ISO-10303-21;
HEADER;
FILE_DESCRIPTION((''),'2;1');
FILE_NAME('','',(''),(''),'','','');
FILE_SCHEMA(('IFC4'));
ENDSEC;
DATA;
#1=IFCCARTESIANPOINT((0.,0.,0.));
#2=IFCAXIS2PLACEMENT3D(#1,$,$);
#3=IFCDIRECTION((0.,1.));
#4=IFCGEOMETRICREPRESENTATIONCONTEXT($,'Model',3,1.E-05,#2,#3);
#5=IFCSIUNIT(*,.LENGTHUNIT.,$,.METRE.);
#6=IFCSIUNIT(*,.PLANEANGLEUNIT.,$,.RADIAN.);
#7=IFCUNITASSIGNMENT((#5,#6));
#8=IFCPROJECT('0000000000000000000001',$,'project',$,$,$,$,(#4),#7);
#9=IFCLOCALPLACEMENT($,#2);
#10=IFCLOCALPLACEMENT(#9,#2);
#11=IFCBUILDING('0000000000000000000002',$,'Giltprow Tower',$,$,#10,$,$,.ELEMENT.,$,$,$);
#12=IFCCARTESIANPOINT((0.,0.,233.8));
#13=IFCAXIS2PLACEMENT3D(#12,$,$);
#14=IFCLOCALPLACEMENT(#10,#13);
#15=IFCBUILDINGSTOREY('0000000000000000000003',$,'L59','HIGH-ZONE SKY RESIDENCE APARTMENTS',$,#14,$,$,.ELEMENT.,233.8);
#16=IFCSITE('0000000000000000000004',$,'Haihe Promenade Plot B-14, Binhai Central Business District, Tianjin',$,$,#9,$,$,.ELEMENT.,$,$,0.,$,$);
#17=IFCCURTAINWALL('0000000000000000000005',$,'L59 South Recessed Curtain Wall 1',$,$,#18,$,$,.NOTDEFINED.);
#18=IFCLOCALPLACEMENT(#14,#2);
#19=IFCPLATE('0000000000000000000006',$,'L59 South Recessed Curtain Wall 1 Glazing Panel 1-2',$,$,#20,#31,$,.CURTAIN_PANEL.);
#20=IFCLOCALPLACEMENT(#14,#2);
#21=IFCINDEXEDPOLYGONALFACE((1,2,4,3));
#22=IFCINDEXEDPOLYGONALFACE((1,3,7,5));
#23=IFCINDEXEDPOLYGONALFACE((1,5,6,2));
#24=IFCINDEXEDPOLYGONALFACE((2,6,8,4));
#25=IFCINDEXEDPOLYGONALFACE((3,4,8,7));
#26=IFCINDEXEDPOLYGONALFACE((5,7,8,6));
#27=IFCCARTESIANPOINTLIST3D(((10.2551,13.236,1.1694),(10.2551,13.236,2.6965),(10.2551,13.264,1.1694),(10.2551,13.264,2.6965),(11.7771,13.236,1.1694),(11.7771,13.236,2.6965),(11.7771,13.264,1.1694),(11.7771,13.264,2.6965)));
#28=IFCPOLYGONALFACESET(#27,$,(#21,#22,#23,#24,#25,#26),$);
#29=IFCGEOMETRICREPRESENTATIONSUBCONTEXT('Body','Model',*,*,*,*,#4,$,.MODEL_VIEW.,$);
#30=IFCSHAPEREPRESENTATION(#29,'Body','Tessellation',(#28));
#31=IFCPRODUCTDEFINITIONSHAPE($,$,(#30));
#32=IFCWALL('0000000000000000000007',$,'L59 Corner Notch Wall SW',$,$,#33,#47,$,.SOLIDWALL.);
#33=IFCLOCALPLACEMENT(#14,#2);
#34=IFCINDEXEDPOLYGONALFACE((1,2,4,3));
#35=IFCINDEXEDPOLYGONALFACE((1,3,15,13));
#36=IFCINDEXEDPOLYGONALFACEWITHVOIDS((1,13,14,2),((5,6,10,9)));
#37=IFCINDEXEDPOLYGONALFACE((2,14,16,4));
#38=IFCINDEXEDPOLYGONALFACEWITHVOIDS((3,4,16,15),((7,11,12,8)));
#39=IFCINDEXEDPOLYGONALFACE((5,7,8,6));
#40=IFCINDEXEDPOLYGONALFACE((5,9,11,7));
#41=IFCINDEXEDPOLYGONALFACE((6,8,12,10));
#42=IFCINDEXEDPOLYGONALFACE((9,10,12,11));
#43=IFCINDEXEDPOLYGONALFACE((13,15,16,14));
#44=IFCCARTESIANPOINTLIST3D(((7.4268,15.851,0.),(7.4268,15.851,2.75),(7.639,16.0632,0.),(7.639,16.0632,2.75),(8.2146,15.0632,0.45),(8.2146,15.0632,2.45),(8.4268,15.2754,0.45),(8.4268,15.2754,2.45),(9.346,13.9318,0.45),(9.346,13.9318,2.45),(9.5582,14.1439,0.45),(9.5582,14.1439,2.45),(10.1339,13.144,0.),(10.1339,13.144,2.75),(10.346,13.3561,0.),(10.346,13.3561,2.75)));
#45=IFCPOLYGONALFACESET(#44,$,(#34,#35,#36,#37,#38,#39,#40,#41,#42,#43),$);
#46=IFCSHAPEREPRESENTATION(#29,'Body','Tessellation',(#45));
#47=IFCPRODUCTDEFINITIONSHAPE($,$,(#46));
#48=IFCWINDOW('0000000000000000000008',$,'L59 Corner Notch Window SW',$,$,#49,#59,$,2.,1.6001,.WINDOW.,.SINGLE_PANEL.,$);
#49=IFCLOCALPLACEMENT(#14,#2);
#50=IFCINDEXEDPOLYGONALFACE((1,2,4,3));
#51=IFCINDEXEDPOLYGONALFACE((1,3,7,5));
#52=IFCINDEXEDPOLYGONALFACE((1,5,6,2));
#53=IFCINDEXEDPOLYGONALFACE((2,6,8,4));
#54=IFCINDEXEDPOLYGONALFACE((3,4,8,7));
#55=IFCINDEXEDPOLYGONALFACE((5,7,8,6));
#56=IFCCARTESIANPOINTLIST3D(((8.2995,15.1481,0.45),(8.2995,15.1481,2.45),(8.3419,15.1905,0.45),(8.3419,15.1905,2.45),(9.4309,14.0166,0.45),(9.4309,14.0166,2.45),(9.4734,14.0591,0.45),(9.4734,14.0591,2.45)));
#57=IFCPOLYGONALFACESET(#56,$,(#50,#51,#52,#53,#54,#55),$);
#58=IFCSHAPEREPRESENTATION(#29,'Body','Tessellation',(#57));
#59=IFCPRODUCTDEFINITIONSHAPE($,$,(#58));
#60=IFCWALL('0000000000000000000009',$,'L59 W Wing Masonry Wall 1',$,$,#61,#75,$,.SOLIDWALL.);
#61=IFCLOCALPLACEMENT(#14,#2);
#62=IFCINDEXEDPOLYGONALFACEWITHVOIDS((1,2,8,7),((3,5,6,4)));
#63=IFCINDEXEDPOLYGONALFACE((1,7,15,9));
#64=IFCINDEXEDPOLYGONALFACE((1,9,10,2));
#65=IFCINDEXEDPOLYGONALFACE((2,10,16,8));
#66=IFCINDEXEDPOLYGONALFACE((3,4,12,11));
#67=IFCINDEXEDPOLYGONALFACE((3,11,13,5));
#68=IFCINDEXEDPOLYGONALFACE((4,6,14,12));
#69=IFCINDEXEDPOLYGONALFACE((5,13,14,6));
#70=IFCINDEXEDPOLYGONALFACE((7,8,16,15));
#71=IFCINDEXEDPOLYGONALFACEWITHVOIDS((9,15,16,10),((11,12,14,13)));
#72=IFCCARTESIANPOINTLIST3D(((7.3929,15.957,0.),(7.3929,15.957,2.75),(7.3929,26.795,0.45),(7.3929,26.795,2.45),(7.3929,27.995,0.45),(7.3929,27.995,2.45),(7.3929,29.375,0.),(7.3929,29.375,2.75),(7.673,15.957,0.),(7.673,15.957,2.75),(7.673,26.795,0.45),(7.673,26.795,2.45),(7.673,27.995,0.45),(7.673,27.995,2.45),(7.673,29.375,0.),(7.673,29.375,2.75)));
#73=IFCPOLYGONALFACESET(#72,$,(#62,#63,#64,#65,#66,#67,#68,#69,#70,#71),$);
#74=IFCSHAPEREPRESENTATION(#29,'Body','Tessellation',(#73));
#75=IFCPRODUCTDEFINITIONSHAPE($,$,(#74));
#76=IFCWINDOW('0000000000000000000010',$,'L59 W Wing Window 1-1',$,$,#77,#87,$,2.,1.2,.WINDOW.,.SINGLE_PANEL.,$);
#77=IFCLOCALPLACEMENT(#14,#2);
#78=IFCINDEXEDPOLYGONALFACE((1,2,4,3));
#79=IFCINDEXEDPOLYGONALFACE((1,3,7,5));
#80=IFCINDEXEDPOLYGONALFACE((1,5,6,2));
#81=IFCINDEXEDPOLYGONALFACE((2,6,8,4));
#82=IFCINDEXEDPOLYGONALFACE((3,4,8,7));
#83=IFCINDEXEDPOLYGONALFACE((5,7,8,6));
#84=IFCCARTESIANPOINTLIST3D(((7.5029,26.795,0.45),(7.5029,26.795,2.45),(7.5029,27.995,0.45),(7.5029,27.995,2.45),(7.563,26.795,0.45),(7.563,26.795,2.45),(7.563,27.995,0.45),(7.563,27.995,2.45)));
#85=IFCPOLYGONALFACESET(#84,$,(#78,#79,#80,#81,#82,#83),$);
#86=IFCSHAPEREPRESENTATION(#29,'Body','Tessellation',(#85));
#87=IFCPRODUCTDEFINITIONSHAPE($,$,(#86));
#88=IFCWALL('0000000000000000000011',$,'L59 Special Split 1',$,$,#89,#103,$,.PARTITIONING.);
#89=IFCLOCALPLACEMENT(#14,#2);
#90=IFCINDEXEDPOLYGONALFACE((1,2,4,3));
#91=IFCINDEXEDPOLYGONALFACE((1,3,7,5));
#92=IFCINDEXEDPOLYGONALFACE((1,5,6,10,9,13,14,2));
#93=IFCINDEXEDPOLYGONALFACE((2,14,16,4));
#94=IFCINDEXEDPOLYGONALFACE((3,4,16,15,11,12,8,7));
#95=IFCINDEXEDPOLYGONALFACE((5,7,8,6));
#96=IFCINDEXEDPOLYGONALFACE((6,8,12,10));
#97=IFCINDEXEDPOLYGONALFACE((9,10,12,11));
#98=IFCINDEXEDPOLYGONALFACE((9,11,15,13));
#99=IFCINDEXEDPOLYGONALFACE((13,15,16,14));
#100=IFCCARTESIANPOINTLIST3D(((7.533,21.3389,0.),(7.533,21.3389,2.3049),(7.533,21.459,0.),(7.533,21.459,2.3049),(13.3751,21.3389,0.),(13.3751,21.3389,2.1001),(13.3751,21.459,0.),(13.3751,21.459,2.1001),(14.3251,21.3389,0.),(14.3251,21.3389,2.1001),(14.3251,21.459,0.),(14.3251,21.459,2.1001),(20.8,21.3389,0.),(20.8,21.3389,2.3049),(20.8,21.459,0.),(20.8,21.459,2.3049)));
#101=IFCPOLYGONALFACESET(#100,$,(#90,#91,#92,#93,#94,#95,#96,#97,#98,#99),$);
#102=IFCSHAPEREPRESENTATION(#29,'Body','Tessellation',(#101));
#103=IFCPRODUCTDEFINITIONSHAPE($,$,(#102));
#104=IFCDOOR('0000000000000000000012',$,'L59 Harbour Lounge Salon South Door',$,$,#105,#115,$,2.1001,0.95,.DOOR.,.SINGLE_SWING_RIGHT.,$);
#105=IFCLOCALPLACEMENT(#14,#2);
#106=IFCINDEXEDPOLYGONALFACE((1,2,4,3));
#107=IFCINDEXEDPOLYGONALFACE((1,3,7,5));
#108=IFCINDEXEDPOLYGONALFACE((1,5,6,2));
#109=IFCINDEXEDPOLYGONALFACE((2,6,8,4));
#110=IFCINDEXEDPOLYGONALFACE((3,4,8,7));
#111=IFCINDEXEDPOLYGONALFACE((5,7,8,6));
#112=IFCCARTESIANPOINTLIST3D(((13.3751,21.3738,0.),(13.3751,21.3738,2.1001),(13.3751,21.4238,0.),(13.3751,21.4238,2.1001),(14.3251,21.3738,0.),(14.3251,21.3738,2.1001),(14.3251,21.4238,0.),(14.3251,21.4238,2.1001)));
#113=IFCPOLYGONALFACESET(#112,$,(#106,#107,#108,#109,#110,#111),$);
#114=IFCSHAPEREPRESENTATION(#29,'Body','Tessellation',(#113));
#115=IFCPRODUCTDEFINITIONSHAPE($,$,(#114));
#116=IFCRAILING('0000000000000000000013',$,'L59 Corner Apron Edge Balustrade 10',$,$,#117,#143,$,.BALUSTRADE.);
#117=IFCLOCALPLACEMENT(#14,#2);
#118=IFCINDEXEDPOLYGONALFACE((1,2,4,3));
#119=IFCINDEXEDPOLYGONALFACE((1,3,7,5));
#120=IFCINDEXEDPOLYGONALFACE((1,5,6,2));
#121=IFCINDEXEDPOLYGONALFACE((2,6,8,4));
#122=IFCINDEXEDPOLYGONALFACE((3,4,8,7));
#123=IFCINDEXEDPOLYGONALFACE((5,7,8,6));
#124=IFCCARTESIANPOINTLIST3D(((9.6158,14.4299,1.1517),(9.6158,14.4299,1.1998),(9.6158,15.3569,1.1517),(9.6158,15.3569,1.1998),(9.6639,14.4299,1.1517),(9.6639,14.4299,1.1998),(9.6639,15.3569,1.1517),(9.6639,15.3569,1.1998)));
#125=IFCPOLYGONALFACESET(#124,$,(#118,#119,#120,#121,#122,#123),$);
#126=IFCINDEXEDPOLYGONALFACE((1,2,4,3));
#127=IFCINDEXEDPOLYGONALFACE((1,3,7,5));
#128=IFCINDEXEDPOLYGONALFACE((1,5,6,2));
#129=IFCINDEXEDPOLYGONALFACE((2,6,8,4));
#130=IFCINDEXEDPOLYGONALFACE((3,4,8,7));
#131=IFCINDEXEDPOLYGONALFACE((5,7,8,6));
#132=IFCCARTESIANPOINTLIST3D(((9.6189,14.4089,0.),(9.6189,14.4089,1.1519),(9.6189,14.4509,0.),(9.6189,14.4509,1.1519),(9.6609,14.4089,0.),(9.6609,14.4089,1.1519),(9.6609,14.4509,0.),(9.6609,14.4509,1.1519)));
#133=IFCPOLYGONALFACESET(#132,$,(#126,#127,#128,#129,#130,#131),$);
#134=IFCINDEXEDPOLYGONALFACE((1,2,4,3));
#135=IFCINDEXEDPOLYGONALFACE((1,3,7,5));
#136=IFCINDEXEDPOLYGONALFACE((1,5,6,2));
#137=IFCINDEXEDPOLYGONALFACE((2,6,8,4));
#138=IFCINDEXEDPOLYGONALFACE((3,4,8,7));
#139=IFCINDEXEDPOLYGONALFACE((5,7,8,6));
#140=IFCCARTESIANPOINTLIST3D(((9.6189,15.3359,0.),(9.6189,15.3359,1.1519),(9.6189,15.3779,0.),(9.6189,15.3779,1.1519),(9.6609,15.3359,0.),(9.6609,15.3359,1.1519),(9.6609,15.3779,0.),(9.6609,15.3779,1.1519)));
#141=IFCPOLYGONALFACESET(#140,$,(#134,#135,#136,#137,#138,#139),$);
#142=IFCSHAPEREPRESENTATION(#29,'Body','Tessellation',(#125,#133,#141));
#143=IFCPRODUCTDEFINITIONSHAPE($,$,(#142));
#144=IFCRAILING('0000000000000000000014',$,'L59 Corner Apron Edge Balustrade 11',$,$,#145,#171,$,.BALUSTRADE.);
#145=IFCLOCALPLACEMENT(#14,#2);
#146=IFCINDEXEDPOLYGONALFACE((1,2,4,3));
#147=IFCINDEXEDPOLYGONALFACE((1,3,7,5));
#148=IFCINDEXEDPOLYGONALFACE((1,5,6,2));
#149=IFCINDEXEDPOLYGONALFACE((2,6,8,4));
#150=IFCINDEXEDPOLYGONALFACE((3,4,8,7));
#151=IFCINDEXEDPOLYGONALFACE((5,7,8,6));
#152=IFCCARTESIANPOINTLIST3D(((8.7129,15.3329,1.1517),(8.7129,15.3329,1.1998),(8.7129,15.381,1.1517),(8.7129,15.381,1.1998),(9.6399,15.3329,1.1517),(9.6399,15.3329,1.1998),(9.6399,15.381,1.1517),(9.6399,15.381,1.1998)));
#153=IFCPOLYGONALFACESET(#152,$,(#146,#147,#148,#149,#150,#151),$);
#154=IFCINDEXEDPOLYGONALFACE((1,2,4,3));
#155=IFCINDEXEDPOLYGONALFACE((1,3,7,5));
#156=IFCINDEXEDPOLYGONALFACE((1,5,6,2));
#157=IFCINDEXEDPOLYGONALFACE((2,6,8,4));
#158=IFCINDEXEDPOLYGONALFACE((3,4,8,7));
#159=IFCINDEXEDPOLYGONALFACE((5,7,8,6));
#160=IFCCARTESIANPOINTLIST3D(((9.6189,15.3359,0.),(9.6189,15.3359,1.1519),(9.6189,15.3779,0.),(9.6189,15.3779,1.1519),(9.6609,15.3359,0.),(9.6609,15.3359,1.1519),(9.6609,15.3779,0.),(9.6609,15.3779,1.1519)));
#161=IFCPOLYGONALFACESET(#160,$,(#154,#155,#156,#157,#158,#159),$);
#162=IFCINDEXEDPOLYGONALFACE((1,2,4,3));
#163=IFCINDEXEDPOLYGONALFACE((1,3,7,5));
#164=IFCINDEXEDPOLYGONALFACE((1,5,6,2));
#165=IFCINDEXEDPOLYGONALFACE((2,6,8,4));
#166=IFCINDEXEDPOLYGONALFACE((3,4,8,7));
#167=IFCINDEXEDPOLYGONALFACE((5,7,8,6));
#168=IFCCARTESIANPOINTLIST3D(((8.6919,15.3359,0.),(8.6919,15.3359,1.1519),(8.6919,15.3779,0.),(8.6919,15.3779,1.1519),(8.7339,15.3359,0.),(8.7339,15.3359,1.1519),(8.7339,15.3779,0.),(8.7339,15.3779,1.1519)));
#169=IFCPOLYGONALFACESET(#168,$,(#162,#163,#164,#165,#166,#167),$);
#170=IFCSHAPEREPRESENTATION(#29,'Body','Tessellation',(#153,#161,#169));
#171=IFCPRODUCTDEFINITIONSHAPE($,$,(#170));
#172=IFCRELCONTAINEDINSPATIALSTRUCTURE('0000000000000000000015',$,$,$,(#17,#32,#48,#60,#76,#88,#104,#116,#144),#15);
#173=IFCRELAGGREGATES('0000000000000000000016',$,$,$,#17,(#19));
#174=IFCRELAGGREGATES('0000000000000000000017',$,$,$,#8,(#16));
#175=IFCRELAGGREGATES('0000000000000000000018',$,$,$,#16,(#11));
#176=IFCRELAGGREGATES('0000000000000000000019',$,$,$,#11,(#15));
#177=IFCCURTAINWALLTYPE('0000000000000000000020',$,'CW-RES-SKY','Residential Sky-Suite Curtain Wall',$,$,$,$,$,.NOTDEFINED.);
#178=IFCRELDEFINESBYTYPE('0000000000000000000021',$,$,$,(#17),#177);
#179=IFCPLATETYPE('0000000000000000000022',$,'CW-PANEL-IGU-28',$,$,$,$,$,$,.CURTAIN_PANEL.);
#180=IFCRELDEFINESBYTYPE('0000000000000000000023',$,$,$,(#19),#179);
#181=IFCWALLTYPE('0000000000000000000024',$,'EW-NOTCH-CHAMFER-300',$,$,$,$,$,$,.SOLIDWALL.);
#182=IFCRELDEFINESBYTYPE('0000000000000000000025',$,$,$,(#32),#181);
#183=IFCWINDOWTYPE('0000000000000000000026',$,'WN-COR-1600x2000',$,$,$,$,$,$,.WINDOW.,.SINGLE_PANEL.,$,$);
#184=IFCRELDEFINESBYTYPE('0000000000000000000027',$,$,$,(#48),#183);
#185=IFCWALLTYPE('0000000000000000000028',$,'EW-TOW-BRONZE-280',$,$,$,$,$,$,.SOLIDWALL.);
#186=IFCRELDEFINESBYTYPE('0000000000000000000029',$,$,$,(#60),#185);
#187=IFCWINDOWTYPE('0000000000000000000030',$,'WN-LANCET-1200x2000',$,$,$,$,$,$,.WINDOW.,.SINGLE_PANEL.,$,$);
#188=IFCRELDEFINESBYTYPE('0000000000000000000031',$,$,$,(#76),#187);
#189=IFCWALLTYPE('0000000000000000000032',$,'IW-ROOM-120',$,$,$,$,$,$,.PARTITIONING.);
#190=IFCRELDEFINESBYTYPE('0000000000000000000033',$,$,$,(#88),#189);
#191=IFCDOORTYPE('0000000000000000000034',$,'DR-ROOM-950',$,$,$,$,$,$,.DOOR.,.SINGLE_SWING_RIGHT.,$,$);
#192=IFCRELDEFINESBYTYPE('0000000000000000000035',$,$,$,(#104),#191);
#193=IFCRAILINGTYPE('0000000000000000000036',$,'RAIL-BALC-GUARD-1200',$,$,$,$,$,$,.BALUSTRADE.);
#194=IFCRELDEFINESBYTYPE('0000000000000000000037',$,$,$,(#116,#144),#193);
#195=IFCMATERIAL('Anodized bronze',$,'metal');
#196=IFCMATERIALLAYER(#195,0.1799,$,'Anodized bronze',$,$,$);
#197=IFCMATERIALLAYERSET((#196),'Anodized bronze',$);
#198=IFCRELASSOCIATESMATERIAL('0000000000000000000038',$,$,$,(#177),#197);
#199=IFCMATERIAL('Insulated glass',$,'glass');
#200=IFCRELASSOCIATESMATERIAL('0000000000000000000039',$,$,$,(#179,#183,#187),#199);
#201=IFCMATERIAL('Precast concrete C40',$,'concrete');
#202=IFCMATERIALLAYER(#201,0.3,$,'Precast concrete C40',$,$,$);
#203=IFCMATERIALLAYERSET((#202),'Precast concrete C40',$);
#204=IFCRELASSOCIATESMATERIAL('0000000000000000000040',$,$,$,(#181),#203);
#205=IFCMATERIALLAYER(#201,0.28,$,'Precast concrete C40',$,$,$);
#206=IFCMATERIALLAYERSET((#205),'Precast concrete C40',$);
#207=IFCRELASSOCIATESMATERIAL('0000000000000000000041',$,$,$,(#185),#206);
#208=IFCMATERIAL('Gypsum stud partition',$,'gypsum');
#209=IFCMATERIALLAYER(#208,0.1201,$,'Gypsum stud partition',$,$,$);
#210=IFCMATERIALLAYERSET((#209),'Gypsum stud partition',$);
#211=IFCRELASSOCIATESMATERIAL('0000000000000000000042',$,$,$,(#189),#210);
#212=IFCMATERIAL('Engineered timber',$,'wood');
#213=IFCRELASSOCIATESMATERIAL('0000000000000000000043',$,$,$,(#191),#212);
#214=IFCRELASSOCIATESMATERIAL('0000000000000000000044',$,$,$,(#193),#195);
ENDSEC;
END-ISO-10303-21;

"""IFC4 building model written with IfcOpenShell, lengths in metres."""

from ifc_helpers import new_model, si_unit, direction, frame, frame_2d, origin, origin_2d, place, context, subcontext, project, spatial, rectangle, extrude, source, transform, mapped, material, layer, layer_set, type_object, element, fill, aggregate, save


model = new_model("IFC4")

# Units and contexts
model_context = context("Model", 3, precision=1e-05, world=origin(), true_north=direction((0.0, 1.0)))
body_context = subcontext(model_context, "Body", "Model", "MODEL_VIEW")
ifc_project = project(units=[si_unit("LENGTHUNIT", "METRE"), si_unit("PLANEANGLEUNIT", "RADIAN")], contexts=[model_context])

# Site, building, storey
site_placement = place(None, origin())
site = spatial("IfcSite", under=ifc_project, at=site_placement, Name="Haihe Promenade Plot B-14, Binhai Central Business District, Tianjin", CompositionType="ELEMENT", RefElevation=0.0)
building_placement = place(site_placement, origin())
building = spatial("IfcBuilding", under=site, at=building_placement, Name="Giltprow Tower", CompositionType="ELEMENT")
storey_placement = place(building_placement, frame((0.0, 0.0, 233.8)))
storey = spatial("IfcBuildingStorey", under=building, at=storey_placement, Name="L59", Description="HIGH-ZONE SKY RESIDENCE APARTMENTS", CompositionType="ELEMENT", Elevation=233.8)

# Curtain wall
ifc_material_1 = material(Name="Anodized bronze", Category="metal")
ifc_layer_1 = layer(ifc_material_1, 0.1799, Name="Anodized bronze")
ifc_layer_set_1 = layer_set([ifc_layer_1], Name="Anodized bronze")
curtain_wall_type = type_object("IfcCurtainWallType", Name="CW-RES-SKY", Description="Residential Sky-Suite Curtain Wall", PredefinedType="NOTDEFINED", material=ifc_layer_set_1)
curtain_wall_placement = place(storey_placement, origin())
curtain_wall = element("IfcCurtainWall", 1, at=curtain_wall_placement, inside=storey, type_object=curtain_wall_type, Name="L59 South Recessed Curtain Wall 1", PredefinedType="NOTDEFINED")

# Plate
ifc_material_2 = material(Name="Insulated glass", Category="glass")
plate_type_1 = type_object("IfcPlateType", Name="CW-PANEL-IGU-28", PredefinedType="CURTAIN_PANEL", material=ifc_material_2)
shared_shape_1 = source(origin(), body_context, "Body", "SweptSolid", [
    extrude(rectangle(XDim=1.522, YDim=0.0281, at=origin_2d()), origin(), (0.0, 0.0, 1.0), 1.5271),
])
plate_1_placement = place(storey_placement, frame((11.0161, 13.25, 1.1694), z_axis=(0.0, 0.0, 1.0), x_axis=(1.0, 0.0, 0.0)))
plate_1 = element("IfcPlate", 2, at=plate_1_placement, type_object=plate_type_1, Name="L59 South Recessed Curtain Wall 1 Glazing Panel 1-2", PredefinedType="CURTAIN_PANEL", context=body_context, shape_type="MappedRepresentation", body=[
    mapped(shared_shape_1, transform((0.0, 0.0, 0.0), x_axis=(1.0, 0.0, 0.0), y_axis=(0.0, 1.0, 0.0), z_axis=(0.0, 0.0, 1.0), scale=1.0)),
])
aggregate(curtain_wall, [plate_1])

# Walls, openings, windows
ifc_material_3 = material(Name="Precast concrete C40", Category="concrete")
ifc_layer_2 = layer(ifc_material_3, 0.3, Name="Precast concrete C40")
ifc_layer_set_2 = layer_set([ifc_layer_2], Name="Precast concrete C40")
wall_type_1 = type_object("IfcWallType", Name="EW-NOTCH-CHAMFER-300", PredefinedType="SOLIDWALL", material=ifc_layer_set_2)
wall_1_placement = place(storey_placement, frame((7.533, 15.957, 0.0), z_axis=(0.0, 0.0, 1.0), x_axis=(0.707107, -0.707107, 0.0)))
wall_1 = element("IfcWall", 3, at=wall_1_placement, inside=storey, type_object=wall_type_1, Name="L59 Corner Notch Wall SW", PredefinedType="SOLIDWALL", context=body_context, shape_type="SweptSolid", body=[
    extrude(rectangle(XDim=3.8284, YDim=0.3, at=frame_2d((1.9141, 0.0))), origin(), (0.0, 0.0, 1.0), 2.75),
])
opening_1_placement = place(wall_1_placement, frame((1.114, 0.0, 0.45)))
opening_1 = element("IfcOpeningElement", 4, at=opening_1_placement, cuts=wall_1, PredefinedType="OPENING", context=body_context, shape_type="SweptSolid", body=[
    extrude(rectangle(XDim=1.6001, YDim=2.0, at=frame_2d((0.8, 1.0))), frame((0.0, 0.1599, 0.0), z_axis=(0.0, -1.0, 0.0), x_axis=(1.0, 0.0, 0.0)), (0.0, 0.0, 1.0), 0.3201),
])
window_type_1 = type_object("IfcWindowType", Name="WN-COR-1600x2000", PartitioningType="SINGLE_PANEL", PredefinedType="WINDOW", material=ifc_material_2)
shared_shape_2 = source(origin(), body_context, "Body", "SweptSolid", [
    extrude(rectangle(XDim=1.6001, YDim=2.0, at=frame_2d((0.8, 1.0))), frame((0.0, 0.03, 0.0), z_axis=(0.0, -1.0, 0.0), x_axis=(1.0, 0.0, 0.0)), (0.0, 0.0, 1.0), 0.0601),
])
window_1_placement = place(opening_1_placement, origin())
window_1 = element("IfcWindow", 5, at=window_1_placement, inside=storey, type_object=window_type_1, Name="L59 Corner Notch Window SW", OverallHeight=2.0, OverallWidth=1.6001, PartitioningType="SINGLE_PANEL", PredefinedType="WINDOW", context=body_context, shape_type="MappedRepresentation", body=[
    mapped(shared_shape_2, transform((0.0, 0.0, 0.0), x_axis=(1.0, 0.0, 0.0), y_axis=(0.0, 1.0, 0.0), z_axis=(0.0, 0.0, 1.0), scale=1.0)),
])
fill(opening_1, window_1)
ifc_layer_3 = layer(ifc_material_3, 0.28, Name="Precast concrete C40")
ifc_layer_set_3 = layer_set([ifc_layer_3], Name="Precast concrete C40")
wall_type_2 = type_object("IfcWallType", Name="EW-TOW-BRONZE-280", PredefinedType="SOLIDWALL", material=ifc_layer_set_3)
wall_2_placement = place(storey_placement, frame((7.533, 15.957, 0.0), z_axis=(0.0, 0.0, 1.0), x_axis=(0.0, 1.0, 0.0)))
wall_2 = element("IfcWall", 6, at=wall_2_placement, inside=storey, type_object=wall_type_2, Name="L59 W Wing Masonry Wall 1", PredefinedType="SOLIDWALL", context=body_context, shape_type="SweptSolid", body=[
    extrude(rectangle(XDim=13.418, YDim=0.28, at=frame_2d((6.709, 0.0))), origin(), (0.0, 0.0, 1.0), 2.75),
])
opening_2_placement = place(wall_2_placement, frame((10.8379, 0.0, 0.45)))
opening_2 = element("IfcOpeningElement", 7, at=opening_2_placement, cuts=wall_2, PredefinedType="OPENING", context=body_context, shape_type="SweptSolid", body=[
    extrude(rectangle(XDim=1.2, YDim=2.0, at=frame_2d((0.6001, 1.0))), frame((0.0, 0.1499, 0.0), z_axis=(0.0, -1.0, 0.0), x_axis=(1.0, 0.0, 0.0)), (0.0, 0.0, 1.0), 0.3),
])
window_type_2 = type_object("IfcWindowType", Name="WN-LANCET-1200x2000", PartitioningType="SINGLE_PANEL", PredefinedType="WINDOW", material=ifc_material_2)
shared_shape_3 = source(origin(), body_context, "Body", "SweptSolid", [
    extrude(rectangle(XDim=1.2, YDim=2.0, at=frame_2d((0.6001, 1.0))), frame((0.0, 0.03, 0.0), z_axis=(0.0, -1.0, 0.0), x_axis=(1.0, 0.0, 0.0)), (0.0, 0.0, 1.0), 0.0601),
])
window_2_placement = place(opening_2_placement, origin())
window_2 = element("IfcWindow", 8, at=window_2_placement, inside=storey, type_object=window_type_2, Name="L59 W Wing Window 1-1", OverallHeight=2.0, OverallWidth=1.2, PartitioningType="SINGLE_PANEL", PredefinedType="WINDOW", context=body_context, shape_type="MappedRepresentation", body=[
    mapped(shared_shape_3, transform((0.0, 0.0, 0.0), x_axis=(1.0, 0.0, 0.0), y_axis=(0.0, 1.0, 0.0), z_axis=(0.0, 0.0, 1.0), scale=1.0)),
])
fill(opening_2, window_2)

# Wall, opening, door
ifc_material_4 = material(Name="Gypsum stud partition", Category="gypsum")
ifc_layer_4 = layer(ifc_material_4, 0.1201, Name="Gypsum stud partition")
ifc_layer_set_4 = layer_set([ifc_layer_4], Name="Gypsum stud partition")
wall_type_3 = type_object("IfcWallType", Name="IW-ROOM-120", PredefinedType="PARTITIONING", material=ifc_layer_set_4)
wall_3_placement = place(storey_placement, frame((7.533, 21.3989, 0.0), z_axis=(0.0, 0.0, 1.0), x_axis=(1.0, 0.0, 0.0)))
wall_3 = element("IfcWall", 9, at=wall_3_placement, inside=storey, type_object=wall_type_3, Name="L59 Special Split 1", PredefinedType="PARTITIONING", context=body_context, shape_type="SweptSolid", body=[
    extrude(rectangle(XDim=13.2671, YDim=0.1201, at=frame_2d((6.6335, 0.0))), origin(), (0.0, 0.0, 1.0), 2.3049),
])
opening_3_placement = place(wall_3_placement, frame((5.842, 0.0, 0.0)))
opening_3 = element("IfcOpeningElement", 10, at=opening_3_placement, cuts=wall_3, PredefinedType="OPENING", context=body_context, shape_type="SweptSolid", body=[
    extrude(rectangle(XDim=0.95, YDim=2.1001, at=frame_2d((0.4751, 1.05))), frame((0.0, 0.0701, 0.0), z_axis=(0.0, -1.0, 0.0), x_axis=(1.0, 0.0, 0.0)), (0.0, 0.0, 1.0), 0.1401),
])
ifc_material_5 = material(Name="Engineered timber", Category="wood")
door_type = type_object("IfcDoorType", Name="DR-ROOM-950", OperationType="SINGLE_SWING_RIGHT", PredefinedType="DOOR", material=ifc_material_5)
shared_shape_4 = source(origin(), body_context, "Body", "SweptSolid", [
    extrude(rectangle(XDim=0.95, YDim=2.1001, at=frame_2d((0.4751, 1.05))), frame((0.0, 0.0249, 0.0), z_axis=(0.0, -1.0, 0.0), x_axis=(1.0, 0.0, 0.0)), (0.0, 0.0, 1.0), 0.05),
])
door_placement = place(opening_3_placement, origin())
door = element("IfcDoor", 11, at=door_placement, inside=storey, type_object=door_type, Name="L59 Harbour Lounge Salon South Door", OperationType="SINGLE_SWING_RIGHT", OverallHeight=2.1001, OverallWidth=0.95, PredefinedType="DOOR", context=body_context, shape_type="MappedRepresentation", body=[
    mapped(shared_shape_4, transform((0.0, 0.0, 0.0), x_axis=(1.0, 0.0, 0.0), y_axis=(0.0, 1.0, 0.0), z_axis=(0.0, 0.0, 1.0), scale=1.0)),
])
fill(opening_3, door)

# Railings
railing_type = type_object("IfcRailingType", Name="RAIL-BALC-GUARD-1200", PredefinedType="BALUSTRADE", material=ifc_material_1)
railing_1_placement = place(storey_placement, frame((9.6399, 14.4299, 0.0)))
element("IfcRailing", 12, at=railing_1_placement, inside=storey, type_object=railing_type, Name="L59 Corner Apron Edge Balustrade 10", PredefinedType="BALUSTRADE", context=body_context, shape_type="SweptSolid", body=[
    extrude(rectangle(XDim=0.0481, YDim=0.0481, at=origin_2d()), frame((0.0, 0.0, 1.1758), z_axis=(0.0, 1.0, 0.0), x_axis=(-1.0, 0.0, 0.0)), (0.0, 0.0, 1.0), 0.927),
    extrude(rectangle(XDim=0.042, YDim=0.042, at=origin_2d()), origin(), (0.0, 0.0, 1.0), 1.1519),
    extrude(rectangle(XDim=0.042, YDim=0.042, at=origin_2d()), frame((0.0, 0.927, 0.0)), (0.0, 0.0, 1.0), 1.1519),
])
railing_2_placement = place(storey_placement, frame((9.6399, 15.3569, 0.0)))
element("IfcRailing", 13, at=railing_2_placement, inside=storey, type_object=railing_type, Name="L59 Corner Apron Edge Balustrade 11", PredefinedType="BALUSTRADE", context=body_context, shape_type="SweptSolid", body=[
    extrude(rectangle(XDim=0.0481, YDim=0.0481, at=origin_2d()), frame((0.0, 0.0, 1.1758), z_axis=(-1.0, 0.0, 0.0), x_axis=(0.0, -1.0, 0.0)), (0.0, 0.0, 1.0), 0.927),
    extrude(rectangle(XDim=0.042, YDim=0.042, at=origin_2d()), origin(), (0.0, 0.0, 1.0), 1.1519),
    extrude(rectangle(XDim=0.042, YDim=0.042, at=origin_2d()), frame((-0.927, 0.0, 0.0)), (0.0, 0.0, 1.0), 1.1519),
])

save(model, "model.ifc")
